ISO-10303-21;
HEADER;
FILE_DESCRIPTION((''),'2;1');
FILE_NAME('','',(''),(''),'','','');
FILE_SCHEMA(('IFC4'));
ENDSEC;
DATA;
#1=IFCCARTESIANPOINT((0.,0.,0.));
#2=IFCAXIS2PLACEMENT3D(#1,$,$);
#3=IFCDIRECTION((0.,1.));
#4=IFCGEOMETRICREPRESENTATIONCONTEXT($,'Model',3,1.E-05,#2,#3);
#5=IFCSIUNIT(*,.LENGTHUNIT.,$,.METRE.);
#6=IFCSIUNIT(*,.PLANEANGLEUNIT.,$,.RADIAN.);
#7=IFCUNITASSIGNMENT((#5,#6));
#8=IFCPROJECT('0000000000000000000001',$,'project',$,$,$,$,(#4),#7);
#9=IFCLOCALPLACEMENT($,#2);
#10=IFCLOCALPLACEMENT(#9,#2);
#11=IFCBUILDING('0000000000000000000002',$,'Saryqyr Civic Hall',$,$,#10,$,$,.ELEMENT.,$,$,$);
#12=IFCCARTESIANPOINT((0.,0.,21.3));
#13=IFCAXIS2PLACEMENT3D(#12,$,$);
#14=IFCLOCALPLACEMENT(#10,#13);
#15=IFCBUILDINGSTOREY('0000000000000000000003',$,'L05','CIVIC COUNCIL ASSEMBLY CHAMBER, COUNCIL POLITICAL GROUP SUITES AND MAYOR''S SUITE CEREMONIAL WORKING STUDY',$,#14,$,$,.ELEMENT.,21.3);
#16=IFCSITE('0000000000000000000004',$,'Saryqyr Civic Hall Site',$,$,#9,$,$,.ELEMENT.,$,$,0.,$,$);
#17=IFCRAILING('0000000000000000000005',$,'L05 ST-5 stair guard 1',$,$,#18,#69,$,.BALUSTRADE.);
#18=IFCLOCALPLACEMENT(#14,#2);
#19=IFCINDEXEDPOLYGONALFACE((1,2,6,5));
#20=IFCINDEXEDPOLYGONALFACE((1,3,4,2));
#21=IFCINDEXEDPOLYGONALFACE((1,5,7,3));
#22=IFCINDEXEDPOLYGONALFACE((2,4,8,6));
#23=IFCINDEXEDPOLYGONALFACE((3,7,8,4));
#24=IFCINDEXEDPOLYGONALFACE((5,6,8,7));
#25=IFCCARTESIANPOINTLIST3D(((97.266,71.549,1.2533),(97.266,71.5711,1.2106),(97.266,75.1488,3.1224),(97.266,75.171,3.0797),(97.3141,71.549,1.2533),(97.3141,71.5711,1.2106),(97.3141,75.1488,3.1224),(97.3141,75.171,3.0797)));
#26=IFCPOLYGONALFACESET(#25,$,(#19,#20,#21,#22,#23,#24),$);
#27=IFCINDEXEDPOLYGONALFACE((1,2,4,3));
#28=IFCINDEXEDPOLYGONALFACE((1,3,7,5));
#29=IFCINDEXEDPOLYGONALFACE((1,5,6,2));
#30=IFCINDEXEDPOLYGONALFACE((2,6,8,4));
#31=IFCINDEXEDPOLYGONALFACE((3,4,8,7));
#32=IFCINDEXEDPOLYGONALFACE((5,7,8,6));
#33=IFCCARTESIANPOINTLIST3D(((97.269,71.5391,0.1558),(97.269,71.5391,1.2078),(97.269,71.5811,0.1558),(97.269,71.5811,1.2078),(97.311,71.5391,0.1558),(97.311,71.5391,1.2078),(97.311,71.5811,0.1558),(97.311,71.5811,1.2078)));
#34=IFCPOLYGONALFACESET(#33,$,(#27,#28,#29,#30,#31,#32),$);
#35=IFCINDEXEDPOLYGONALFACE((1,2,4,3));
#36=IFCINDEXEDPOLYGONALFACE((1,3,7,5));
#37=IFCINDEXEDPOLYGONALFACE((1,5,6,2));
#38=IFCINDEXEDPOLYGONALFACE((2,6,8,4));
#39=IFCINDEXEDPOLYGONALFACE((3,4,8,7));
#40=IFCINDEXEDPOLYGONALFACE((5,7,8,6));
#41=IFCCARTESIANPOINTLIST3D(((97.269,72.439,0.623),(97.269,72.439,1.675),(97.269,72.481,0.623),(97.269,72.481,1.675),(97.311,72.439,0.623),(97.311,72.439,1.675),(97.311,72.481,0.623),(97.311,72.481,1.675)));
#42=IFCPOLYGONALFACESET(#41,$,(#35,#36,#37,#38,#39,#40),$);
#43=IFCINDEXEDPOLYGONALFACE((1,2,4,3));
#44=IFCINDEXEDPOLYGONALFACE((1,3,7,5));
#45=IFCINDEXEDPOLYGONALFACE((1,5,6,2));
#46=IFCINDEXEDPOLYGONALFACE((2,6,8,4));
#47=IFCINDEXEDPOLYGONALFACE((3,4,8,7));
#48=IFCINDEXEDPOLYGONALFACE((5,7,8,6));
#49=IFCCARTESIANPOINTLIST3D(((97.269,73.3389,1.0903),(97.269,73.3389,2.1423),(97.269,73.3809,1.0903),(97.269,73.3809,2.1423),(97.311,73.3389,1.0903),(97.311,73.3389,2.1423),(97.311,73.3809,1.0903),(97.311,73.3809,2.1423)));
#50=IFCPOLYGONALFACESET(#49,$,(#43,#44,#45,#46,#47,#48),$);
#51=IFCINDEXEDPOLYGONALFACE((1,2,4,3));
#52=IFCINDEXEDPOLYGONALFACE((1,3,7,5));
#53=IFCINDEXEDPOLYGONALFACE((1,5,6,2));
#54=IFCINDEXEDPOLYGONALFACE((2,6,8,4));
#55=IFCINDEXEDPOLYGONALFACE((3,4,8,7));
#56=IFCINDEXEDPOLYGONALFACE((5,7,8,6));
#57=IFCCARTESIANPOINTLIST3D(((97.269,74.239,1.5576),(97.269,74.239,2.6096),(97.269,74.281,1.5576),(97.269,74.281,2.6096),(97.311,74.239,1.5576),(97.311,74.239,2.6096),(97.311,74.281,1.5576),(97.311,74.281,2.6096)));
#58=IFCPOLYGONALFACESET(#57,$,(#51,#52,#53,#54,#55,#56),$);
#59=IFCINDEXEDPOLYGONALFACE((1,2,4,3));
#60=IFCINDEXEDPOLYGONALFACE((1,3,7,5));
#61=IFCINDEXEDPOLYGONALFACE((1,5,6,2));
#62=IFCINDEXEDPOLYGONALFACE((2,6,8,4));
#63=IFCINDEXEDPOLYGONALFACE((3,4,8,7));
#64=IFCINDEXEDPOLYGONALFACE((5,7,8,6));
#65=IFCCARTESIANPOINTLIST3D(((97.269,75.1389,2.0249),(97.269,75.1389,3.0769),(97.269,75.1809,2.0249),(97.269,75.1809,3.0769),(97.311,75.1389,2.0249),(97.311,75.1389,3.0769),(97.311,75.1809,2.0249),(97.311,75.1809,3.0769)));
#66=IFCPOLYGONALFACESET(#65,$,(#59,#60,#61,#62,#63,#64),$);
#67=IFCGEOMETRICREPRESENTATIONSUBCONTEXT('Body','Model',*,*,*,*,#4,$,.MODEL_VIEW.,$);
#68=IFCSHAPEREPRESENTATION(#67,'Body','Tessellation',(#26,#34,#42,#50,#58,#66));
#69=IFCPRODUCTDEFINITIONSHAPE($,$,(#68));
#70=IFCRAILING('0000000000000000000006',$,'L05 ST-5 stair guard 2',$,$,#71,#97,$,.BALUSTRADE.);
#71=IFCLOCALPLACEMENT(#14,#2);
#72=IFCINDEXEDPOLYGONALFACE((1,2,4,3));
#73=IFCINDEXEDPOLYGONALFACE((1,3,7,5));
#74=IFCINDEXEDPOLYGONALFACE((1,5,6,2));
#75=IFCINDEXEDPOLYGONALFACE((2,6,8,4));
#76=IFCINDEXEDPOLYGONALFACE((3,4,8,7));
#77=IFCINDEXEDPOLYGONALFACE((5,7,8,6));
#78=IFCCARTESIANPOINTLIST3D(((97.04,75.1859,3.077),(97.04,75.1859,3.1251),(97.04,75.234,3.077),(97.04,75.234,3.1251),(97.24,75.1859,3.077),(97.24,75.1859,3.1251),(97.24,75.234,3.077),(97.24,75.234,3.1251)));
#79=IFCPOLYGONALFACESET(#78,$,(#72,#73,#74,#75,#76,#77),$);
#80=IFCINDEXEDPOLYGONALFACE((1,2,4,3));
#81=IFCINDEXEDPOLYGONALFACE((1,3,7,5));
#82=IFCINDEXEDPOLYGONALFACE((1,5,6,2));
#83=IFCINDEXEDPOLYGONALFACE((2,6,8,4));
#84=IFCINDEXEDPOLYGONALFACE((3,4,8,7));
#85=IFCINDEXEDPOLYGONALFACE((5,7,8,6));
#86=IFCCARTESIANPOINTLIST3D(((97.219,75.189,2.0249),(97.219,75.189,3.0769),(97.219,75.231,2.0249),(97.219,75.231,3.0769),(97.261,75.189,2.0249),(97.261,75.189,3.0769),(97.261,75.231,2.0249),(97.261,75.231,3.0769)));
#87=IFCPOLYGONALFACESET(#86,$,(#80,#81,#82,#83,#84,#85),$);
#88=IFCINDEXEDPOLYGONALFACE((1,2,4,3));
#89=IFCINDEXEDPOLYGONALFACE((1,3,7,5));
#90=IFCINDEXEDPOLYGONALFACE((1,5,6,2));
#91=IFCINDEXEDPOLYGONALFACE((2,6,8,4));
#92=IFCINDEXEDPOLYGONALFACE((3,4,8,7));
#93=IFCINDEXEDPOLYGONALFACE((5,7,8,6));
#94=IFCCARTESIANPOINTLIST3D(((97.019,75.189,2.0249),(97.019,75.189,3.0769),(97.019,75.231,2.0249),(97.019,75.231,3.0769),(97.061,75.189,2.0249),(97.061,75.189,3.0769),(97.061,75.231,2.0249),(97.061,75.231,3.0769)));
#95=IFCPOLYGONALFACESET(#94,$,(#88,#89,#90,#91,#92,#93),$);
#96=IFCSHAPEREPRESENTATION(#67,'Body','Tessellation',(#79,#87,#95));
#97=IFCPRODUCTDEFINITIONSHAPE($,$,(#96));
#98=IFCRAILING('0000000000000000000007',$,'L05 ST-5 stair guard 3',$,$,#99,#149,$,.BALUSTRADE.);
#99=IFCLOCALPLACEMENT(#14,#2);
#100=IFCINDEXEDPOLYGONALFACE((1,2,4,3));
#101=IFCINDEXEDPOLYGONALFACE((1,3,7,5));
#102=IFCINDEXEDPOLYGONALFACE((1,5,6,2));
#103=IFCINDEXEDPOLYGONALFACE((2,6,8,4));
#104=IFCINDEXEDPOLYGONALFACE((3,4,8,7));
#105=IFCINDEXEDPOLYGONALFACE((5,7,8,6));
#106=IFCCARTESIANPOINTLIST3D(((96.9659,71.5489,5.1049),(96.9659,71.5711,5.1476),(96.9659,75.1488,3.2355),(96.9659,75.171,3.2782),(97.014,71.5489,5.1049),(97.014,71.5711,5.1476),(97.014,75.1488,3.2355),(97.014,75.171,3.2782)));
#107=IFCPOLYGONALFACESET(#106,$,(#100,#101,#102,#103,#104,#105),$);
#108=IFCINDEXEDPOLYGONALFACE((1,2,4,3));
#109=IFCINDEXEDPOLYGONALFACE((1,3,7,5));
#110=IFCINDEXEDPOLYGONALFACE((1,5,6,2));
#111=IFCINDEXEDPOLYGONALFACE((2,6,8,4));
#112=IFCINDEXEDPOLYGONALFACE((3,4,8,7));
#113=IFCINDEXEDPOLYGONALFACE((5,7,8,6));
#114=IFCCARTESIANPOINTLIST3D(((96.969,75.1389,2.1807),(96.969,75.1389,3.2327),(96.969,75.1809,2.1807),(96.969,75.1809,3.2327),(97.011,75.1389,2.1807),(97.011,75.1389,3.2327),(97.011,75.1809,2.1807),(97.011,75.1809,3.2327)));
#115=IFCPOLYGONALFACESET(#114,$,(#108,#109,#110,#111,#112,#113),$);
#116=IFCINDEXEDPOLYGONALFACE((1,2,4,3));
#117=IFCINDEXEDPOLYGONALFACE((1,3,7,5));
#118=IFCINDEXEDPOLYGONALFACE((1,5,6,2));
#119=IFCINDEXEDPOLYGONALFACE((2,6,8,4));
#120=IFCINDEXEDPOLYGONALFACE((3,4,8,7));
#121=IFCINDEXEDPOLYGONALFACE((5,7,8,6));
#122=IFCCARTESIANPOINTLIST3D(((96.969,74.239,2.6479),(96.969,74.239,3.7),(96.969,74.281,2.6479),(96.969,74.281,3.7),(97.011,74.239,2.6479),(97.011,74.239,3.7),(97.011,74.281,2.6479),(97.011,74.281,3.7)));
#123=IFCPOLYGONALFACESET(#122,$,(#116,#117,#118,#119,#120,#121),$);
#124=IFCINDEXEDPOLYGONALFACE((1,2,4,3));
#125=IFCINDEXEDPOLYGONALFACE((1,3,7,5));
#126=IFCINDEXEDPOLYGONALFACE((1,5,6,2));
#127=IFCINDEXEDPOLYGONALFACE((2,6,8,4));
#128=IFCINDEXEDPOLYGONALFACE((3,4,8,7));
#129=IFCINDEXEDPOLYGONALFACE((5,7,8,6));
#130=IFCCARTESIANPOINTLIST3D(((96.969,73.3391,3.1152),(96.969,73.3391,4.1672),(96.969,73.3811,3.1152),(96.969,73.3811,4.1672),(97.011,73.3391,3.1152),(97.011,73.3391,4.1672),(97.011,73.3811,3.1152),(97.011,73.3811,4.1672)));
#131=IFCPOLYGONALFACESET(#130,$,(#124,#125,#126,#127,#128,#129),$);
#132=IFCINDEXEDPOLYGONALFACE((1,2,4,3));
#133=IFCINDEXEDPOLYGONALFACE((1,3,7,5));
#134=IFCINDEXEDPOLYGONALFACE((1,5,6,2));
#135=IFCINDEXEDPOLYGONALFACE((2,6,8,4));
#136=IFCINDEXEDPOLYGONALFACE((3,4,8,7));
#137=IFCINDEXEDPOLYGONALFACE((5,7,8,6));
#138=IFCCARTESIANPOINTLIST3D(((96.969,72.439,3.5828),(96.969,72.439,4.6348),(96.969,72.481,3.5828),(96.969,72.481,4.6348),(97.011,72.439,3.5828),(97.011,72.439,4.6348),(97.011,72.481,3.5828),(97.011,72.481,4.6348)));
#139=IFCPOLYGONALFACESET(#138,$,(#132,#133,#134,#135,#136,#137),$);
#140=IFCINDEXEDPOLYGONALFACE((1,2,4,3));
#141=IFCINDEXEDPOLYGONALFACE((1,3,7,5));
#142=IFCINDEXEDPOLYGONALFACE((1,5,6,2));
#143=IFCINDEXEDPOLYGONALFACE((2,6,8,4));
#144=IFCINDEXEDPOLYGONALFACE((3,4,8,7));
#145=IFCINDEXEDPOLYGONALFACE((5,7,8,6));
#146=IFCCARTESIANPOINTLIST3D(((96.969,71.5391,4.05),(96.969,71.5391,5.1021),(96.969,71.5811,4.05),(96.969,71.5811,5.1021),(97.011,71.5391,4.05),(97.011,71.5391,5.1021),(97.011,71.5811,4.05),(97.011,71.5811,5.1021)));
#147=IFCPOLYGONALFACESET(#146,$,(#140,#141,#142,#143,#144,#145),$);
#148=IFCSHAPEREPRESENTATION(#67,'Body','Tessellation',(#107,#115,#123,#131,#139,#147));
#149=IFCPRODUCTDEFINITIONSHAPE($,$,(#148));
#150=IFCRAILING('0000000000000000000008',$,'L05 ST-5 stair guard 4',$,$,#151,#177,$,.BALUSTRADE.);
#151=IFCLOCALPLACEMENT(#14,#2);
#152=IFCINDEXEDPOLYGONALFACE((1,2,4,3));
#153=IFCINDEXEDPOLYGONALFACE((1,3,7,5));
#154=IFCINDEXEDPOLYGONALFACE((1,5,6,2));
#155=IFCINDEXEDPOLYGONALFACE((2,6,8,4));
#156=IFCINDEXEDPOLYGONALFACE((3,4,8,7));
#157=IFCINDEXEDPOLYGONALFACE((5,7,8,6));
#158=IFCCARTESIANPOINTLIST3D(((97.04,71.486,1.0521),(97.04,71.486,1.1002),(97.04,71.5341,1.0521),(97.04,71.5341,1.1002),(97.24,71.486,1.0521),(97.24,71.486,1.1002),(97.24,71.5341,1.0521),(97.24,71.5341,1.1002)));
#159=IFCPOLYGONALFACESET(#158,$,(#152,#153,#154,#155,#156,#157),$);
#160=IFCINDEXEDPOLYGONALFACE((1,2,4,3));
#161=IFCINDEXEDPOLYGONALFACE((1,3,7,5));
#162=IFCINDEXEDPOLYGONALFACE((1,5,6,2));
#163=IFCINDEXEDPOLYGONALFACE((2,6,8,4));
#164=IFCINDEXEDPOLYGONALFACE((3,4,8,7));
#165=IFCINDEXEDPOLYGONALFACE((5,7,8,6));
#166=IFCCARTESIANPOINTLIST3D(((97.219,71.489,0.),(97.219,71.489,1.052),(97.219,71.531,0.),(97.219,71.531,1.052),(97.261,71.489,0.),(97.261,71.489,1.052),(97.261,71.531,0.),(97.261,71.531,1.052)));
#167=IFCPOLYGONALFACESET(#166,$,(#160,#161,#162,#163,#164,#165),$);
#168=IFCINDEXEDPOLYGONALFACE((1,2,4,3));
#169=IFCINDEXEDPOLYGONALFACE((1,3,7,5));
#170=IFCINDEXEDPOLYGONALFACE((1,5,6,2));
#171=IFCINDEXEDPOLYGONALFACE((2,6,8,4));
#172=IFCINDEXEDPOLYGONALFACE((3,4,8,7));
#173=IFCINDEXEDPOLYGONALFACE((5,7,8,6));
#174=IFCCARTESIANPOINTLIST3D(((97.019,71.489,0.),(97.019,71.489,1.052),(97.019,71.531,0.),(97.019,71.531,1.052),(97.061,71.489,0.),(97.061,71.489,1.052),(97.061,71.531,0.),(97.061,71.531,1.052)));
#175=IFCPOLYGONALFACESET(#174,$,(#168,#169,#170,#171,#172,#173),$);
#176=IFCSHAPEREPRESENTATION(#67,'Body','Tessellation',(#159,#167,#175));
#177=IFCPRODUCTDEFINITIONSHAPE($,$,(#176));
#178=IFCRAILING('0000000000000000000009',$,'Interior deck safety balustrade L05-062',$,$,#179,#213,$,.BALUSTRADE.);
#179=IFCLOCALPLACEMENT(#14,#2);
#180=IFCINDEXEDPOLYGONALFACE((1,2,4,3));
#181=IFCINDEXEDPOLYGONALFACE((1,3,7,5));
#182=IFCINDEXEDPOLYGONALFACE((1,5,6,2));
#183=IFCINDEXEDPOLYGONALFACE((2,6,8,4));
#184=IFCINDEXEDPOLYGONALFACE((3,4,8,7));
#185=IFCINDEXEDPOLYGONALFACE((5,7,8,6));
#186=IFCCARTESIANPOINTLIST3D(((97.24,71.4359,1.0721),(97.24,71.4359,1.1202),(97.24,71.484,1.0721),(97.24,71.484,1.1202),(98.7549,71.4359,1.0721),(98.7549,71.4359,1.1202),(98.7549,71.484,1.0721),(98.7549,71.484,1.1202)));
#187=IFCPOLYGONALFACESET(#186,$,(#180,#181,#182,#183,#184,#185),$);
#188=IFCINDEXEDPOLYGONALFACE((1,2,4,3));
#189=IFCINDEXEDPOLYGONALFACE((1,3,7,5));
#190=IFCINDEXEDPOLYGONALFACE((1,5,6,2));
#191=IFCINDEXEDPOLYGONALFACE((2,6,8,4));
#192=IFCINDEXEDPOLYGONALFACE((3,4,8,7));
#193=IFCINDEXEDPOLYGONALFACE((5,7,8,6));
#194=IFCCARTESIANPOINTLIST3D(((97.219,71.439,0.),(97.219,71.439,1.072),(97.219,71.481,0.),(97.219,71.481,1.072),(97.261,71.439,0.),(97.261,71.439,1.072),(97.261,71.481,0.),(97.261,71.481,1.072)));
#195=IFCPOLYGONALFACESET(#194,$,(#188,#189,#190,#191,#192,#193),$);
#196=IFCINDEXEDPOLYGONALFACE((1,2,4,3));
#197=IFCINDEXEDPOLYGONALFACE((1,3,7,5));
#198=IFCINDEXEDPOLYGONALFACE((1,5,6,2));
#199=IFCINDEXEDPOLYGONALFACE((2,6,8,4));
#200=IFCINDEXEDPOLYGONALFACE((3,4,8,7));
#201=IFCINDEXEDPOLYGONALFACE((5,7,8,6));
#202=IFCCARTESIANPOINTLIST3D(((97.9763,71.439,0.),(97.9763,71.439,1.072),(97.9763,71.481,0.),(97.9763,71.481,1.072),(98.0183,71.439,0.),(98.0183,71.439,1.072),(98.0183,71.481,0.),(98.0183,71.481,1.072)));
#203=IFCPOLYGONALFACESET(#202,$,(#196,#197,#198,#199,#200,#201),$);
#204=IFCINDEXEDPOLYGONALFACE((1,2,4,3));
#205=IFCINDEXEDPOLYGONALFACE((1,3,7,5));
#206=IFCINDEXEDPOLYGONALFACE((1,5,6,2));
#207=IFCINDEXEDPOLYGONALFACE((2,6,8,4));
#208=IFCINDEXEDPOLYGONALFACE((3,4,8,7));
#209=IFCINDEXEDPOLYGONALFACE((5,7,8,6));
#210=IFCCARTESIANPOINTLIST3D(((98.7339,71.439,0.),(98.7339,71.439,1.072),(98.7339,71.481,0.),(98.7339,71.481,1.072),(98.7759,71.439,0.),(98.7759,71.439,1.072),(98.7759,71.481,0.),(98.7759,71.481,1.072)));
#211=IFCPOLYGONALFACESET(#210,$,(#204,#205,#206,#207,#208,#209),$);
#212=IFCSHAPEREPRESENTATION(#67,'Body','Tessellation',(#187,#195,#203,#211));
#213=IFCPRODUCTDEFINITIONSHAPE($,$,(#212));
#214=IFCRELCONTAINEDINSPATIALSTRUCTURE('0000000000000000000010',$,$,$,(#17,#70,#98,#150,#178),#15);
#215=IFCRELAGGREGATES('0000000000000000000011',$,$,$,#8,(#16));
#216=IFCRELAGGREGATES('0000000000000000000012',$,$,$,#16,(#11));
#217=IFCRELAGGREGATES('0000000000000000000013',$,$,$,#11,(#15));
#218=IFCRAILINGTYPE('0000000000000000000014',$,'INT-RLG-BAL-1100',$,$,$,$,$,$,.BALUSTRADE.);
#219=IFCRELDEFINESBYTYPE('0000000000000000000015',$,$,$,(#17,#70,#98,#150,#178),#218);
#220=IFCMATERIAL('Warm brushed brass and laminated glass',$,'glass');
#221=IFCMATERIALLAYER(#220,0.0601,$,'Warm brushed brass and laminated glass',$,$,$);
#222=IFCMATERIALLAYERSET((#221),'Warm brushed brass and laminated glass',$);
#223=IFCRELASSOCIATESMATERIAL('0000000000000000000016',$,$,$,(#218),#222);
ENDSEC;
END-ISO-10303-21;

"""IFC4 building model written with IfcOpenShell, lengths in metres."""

from ifc_helpers import new_model, si_unit, direction, frame, origin, origin_2d, place, context, subcontext, project, spatial, rectangle, extrude, material, layer, layer_set, type_object, element, save


model = new_model("IFC4")

# Units and contexts
model_context = context("Model", 3, precision=1e-05, world=origin(), true_north=direction((0.0, 1.0)))
body_context = subcontext(model_context, "Body", "Model", "MODEL_VIEW")
ifc_project = project(units=[si_unit("LENGTHUNIT", "METRE"), si_unit("PLANEANGLEUNIT", "RADIAN")], contexts=[model_context])

# Site, building, storey
site_placement = place(None, origin())
site = spatial("IfcSite", under=ifc_project, at=site_placement, Name="Saryqyr Civic Hall Site", CompositionType="ELEMENT", RefElevation=0.0)
building_placement = place(site_placement, origin())
building = spatial("IfcBuilding", under=site, at=building_placement, Name="Saryqyr Civic Hall", CompositionType="ELEMENT")
storey_placement = place(building_placement, frame((0.0, 0.0, 21.3)))
storey = spatial("IfcBuildingStorey", under=building, at=storey_placement, Name="L05", Description="CIVIC COUNCIL ASSEMBLY CHAMBER, COUNCIL POLITICAL GROUP SUITES AND MAYOR'S SUITE CEREMONIAL WORKING STUDY", CompositionType="ELEMENT", Elevation=21.3)

# Railings
ifc_material_1 = material(Name="Warm brushed brass and laminated glass", Category="glass")
ifc_layer_1 = layer(ifc_material_1, 0.0601, Name="Warm brushed brass and laminated glass")
ifc_layer_set_1 = layer_set([ifc_layer_1], Name="Warm brushed brass and laminated glass")
railing_type_1 = type_object("IfcRailingType", Name="INT-RLG-BAL-1100", PredefinedType="BALUSTRADE", material=ifc_layer_set_1)
railing_1_placement = place(storey_placement, frame((97.29, 71.5601, 0.1558)))
element("IfcRailing", 1, at=railing_1_placement, inside=storey, type_object=railing_type_1, Name="L05 ST-5 stair guard 1", PredefinedType="BALUSTRADE", context=body_context, shape_type="SweptSolid", body=[
    extrude(rectangle(XDim=0.0481, YDim=0.0481, at=origin_2d()), frame((0.0, 0.0, 1.0762), z_axis=(0.0, 0.887497, 0.460813), x_axis=(-1.0, 0.0, 0.0)), (0.0, 0.0, 1.0), 4.0562),
    extrude(rectangle(XDim=0.042, YDim=0.042, at=origin_2d()), origin(), (0.0, 0.0, 1.0), 1.052),
    extrude(rectangle(XDim=0.042, YDim=0.042, at=origin_2d()), frame((0.0, 0.8999, 0.4673)), (0.0, 0.0, 1.0), 1.052),
    extrude(rectangle(XDim=0.042, YDim=0.042, at=origin_2d()), frame((0.0, 1.7998, 0.9346)), (0.0, 0.0, 1.0), 1.052),
    extrude(rectangle(XDim=0.042, YDim=0.042, at=origin_2d()), frame((0.0, 2.7, 1.4019)), (0.0, 0.0, 1.0), 1.052),
    extrude(rectangle(XDim=0.042, YDim=0.042, at=origin_2d()), frame((0.0, 3.5999, 1.8691)), (0.0, 0.0, 1.0), 1.052),
])
railing_2_placement = place(storey_placement, frame((97.24, 75.21, 2.0249)))
element("IfcRailing", 2, at=railing_2_placement, inside=storey, type_object=railing_type_1, Name="L05 ST-5 stair guard 2", PredefinedType="BALUSTRADE", context=body_context, shape_type="SweptSolid", body=[
    extrude(rectangle(XDim=0.0481, YDim=0.0481, at=origin_2d()), frame((0.0, 0.0, 1.0762), z_axis=(-1.0, 0.0, 0.0), x_axis=(0.0, -1.0, 0.0)), (0.0, 0.0, 1.0), 0.2),
    extrude(rectangle(XDim=0.042, YDim=0.042, at=origin_2d()), origin(), (0.0, 0.0, 1.0), 1.052),
    extrude(rectangle(XDim=0.042, YDim=0.042, at=origin_2d()), frame((-0.2, 0.0, 0.0)), (0.0, 0.0, 1.0), 1.052),
])
railing_3_placement = place(storey_placement, frame((96.99, 75.1599, 2.1807)))
element("IfcRailing", 3, at=railing_3_placement, inside=storey, type_object=railing_type_1, Name="L05 ST-5 stair guard 3", PredefinedType="BALUSTRADE", context=body_context, shape_type="SweptSolid", body=[
    extrude(rectangle(XDim=0.0481, YDim=0.0481, at=origin_2d()), frame((0.0, 0.0, 1.0762), z_axis=(0.0, -0.887473, 0.46086), x_axis=(1.0, 0.0, 0.0)), (0.0, 0.0, 1.0), 4.0564),
    extrude(rectangle(XDim=0.042, YDim=0.042, at=origin_2d()), origin(), (0.0, 0.0, 1.0), 1.052),
    extrude(rectangle(XDim=0.042, YDim=0.042, at=origin_2d()), frame((0.0, -0.8999, 0.4673)), (0.0, 0.0, 1.0), 1.052),
    extrude(rectangle(XDim=0.042, YDim=0.042, at=origin_2d()), frame((0.0, -1.7998, 0.9346)), (0.0, 0.0, 1.0), 1.052),
    extrude(rectangle(XDim=0.042, YDim=0.042, at=origin_2d()), frame((0.0, -2.7, 1.4021)), (0.0, 0.0, 1.0), 1.052),
    extrude(rectangle(XDim=0.042, YDim=0.042, at=origin_2d()), frame((0.0, -3.5999, 1.8694)), (0.0, 0.0, 1.0), 1.052),
])
railing_4_placement = place(storey_placement, frame((97.24, 71.51, 0.0)))
element("IfcRailing", 4, at=railing_4_placement, inside=storey, type_object=railing_type_1, Name="L05 ST-5 stair guard 4", PredefinedType="BALUSTRADE", context=body_context, shape_type="SweptSolid", body=[
    extrude(rectangle(XDim=0.0481, YDim=0.0481, at=origin_2d()), frame((0.0, 0.0, 1.0762), z_axis=(-1.0, 0.0, 0.0), x_axis=(0.0, -1.0, 0.0)), (0.0, 0.0, 1.0), 0.2),
    extrude(rectangle(XDim=0.042, YDim=0.042, at=origin_2d()), origin(), (0.0, 0.0, 1.0), 1.052),
    extrude(rectangle(XDim=0.042, YDim=0.042, at=origin_2d()), frame((-0.2, 0.0, 0.0)), (0.0, 0.0, 1.0), 1.052),
])
railing_5_placement = place(storey_placement, frame((97.24, 71.46, 0.0)))
element("IfcRailing", 5, at=railing_5_placement, inside=storey, type_object=railing_type_1, Name="Interior deck safety balustrade L05-062", PredefinedType="BALUSTRADE", context=body_context, shape_type="SweptSolid", body=[
    extrude(rectangle(XDim=0.0481, YDim=0.0481, at=origin_2d()), frame((0.0, 0.0, 1.0962), z_axis=(1.0, 0.0, 0.0), x_axis=(0.0, 1.0, 0.0)), (0.0, 0.0, 1.0), 1.5149),
    extrude(rectangle(XDim=0.042, YDim=0.042, at=origin_2d()), origin(), (0.0, 0.0, 1.0), 1.072),
    extrude(rectangle(XDim=0.042, YDim=0.042, at=origin_2d()), frame((0.7573, 0.0, 0.0)), (0.0, 0.0, 1.0), 1.072),
    extrude(rectangle(XDim=0.042, YDim=0.042, at=origin_2d()), frame((1.5149, 0.0, 0.0)), (0.0, 0.0, 1.0), 1.072),
])

save(model, "model.ifc")
